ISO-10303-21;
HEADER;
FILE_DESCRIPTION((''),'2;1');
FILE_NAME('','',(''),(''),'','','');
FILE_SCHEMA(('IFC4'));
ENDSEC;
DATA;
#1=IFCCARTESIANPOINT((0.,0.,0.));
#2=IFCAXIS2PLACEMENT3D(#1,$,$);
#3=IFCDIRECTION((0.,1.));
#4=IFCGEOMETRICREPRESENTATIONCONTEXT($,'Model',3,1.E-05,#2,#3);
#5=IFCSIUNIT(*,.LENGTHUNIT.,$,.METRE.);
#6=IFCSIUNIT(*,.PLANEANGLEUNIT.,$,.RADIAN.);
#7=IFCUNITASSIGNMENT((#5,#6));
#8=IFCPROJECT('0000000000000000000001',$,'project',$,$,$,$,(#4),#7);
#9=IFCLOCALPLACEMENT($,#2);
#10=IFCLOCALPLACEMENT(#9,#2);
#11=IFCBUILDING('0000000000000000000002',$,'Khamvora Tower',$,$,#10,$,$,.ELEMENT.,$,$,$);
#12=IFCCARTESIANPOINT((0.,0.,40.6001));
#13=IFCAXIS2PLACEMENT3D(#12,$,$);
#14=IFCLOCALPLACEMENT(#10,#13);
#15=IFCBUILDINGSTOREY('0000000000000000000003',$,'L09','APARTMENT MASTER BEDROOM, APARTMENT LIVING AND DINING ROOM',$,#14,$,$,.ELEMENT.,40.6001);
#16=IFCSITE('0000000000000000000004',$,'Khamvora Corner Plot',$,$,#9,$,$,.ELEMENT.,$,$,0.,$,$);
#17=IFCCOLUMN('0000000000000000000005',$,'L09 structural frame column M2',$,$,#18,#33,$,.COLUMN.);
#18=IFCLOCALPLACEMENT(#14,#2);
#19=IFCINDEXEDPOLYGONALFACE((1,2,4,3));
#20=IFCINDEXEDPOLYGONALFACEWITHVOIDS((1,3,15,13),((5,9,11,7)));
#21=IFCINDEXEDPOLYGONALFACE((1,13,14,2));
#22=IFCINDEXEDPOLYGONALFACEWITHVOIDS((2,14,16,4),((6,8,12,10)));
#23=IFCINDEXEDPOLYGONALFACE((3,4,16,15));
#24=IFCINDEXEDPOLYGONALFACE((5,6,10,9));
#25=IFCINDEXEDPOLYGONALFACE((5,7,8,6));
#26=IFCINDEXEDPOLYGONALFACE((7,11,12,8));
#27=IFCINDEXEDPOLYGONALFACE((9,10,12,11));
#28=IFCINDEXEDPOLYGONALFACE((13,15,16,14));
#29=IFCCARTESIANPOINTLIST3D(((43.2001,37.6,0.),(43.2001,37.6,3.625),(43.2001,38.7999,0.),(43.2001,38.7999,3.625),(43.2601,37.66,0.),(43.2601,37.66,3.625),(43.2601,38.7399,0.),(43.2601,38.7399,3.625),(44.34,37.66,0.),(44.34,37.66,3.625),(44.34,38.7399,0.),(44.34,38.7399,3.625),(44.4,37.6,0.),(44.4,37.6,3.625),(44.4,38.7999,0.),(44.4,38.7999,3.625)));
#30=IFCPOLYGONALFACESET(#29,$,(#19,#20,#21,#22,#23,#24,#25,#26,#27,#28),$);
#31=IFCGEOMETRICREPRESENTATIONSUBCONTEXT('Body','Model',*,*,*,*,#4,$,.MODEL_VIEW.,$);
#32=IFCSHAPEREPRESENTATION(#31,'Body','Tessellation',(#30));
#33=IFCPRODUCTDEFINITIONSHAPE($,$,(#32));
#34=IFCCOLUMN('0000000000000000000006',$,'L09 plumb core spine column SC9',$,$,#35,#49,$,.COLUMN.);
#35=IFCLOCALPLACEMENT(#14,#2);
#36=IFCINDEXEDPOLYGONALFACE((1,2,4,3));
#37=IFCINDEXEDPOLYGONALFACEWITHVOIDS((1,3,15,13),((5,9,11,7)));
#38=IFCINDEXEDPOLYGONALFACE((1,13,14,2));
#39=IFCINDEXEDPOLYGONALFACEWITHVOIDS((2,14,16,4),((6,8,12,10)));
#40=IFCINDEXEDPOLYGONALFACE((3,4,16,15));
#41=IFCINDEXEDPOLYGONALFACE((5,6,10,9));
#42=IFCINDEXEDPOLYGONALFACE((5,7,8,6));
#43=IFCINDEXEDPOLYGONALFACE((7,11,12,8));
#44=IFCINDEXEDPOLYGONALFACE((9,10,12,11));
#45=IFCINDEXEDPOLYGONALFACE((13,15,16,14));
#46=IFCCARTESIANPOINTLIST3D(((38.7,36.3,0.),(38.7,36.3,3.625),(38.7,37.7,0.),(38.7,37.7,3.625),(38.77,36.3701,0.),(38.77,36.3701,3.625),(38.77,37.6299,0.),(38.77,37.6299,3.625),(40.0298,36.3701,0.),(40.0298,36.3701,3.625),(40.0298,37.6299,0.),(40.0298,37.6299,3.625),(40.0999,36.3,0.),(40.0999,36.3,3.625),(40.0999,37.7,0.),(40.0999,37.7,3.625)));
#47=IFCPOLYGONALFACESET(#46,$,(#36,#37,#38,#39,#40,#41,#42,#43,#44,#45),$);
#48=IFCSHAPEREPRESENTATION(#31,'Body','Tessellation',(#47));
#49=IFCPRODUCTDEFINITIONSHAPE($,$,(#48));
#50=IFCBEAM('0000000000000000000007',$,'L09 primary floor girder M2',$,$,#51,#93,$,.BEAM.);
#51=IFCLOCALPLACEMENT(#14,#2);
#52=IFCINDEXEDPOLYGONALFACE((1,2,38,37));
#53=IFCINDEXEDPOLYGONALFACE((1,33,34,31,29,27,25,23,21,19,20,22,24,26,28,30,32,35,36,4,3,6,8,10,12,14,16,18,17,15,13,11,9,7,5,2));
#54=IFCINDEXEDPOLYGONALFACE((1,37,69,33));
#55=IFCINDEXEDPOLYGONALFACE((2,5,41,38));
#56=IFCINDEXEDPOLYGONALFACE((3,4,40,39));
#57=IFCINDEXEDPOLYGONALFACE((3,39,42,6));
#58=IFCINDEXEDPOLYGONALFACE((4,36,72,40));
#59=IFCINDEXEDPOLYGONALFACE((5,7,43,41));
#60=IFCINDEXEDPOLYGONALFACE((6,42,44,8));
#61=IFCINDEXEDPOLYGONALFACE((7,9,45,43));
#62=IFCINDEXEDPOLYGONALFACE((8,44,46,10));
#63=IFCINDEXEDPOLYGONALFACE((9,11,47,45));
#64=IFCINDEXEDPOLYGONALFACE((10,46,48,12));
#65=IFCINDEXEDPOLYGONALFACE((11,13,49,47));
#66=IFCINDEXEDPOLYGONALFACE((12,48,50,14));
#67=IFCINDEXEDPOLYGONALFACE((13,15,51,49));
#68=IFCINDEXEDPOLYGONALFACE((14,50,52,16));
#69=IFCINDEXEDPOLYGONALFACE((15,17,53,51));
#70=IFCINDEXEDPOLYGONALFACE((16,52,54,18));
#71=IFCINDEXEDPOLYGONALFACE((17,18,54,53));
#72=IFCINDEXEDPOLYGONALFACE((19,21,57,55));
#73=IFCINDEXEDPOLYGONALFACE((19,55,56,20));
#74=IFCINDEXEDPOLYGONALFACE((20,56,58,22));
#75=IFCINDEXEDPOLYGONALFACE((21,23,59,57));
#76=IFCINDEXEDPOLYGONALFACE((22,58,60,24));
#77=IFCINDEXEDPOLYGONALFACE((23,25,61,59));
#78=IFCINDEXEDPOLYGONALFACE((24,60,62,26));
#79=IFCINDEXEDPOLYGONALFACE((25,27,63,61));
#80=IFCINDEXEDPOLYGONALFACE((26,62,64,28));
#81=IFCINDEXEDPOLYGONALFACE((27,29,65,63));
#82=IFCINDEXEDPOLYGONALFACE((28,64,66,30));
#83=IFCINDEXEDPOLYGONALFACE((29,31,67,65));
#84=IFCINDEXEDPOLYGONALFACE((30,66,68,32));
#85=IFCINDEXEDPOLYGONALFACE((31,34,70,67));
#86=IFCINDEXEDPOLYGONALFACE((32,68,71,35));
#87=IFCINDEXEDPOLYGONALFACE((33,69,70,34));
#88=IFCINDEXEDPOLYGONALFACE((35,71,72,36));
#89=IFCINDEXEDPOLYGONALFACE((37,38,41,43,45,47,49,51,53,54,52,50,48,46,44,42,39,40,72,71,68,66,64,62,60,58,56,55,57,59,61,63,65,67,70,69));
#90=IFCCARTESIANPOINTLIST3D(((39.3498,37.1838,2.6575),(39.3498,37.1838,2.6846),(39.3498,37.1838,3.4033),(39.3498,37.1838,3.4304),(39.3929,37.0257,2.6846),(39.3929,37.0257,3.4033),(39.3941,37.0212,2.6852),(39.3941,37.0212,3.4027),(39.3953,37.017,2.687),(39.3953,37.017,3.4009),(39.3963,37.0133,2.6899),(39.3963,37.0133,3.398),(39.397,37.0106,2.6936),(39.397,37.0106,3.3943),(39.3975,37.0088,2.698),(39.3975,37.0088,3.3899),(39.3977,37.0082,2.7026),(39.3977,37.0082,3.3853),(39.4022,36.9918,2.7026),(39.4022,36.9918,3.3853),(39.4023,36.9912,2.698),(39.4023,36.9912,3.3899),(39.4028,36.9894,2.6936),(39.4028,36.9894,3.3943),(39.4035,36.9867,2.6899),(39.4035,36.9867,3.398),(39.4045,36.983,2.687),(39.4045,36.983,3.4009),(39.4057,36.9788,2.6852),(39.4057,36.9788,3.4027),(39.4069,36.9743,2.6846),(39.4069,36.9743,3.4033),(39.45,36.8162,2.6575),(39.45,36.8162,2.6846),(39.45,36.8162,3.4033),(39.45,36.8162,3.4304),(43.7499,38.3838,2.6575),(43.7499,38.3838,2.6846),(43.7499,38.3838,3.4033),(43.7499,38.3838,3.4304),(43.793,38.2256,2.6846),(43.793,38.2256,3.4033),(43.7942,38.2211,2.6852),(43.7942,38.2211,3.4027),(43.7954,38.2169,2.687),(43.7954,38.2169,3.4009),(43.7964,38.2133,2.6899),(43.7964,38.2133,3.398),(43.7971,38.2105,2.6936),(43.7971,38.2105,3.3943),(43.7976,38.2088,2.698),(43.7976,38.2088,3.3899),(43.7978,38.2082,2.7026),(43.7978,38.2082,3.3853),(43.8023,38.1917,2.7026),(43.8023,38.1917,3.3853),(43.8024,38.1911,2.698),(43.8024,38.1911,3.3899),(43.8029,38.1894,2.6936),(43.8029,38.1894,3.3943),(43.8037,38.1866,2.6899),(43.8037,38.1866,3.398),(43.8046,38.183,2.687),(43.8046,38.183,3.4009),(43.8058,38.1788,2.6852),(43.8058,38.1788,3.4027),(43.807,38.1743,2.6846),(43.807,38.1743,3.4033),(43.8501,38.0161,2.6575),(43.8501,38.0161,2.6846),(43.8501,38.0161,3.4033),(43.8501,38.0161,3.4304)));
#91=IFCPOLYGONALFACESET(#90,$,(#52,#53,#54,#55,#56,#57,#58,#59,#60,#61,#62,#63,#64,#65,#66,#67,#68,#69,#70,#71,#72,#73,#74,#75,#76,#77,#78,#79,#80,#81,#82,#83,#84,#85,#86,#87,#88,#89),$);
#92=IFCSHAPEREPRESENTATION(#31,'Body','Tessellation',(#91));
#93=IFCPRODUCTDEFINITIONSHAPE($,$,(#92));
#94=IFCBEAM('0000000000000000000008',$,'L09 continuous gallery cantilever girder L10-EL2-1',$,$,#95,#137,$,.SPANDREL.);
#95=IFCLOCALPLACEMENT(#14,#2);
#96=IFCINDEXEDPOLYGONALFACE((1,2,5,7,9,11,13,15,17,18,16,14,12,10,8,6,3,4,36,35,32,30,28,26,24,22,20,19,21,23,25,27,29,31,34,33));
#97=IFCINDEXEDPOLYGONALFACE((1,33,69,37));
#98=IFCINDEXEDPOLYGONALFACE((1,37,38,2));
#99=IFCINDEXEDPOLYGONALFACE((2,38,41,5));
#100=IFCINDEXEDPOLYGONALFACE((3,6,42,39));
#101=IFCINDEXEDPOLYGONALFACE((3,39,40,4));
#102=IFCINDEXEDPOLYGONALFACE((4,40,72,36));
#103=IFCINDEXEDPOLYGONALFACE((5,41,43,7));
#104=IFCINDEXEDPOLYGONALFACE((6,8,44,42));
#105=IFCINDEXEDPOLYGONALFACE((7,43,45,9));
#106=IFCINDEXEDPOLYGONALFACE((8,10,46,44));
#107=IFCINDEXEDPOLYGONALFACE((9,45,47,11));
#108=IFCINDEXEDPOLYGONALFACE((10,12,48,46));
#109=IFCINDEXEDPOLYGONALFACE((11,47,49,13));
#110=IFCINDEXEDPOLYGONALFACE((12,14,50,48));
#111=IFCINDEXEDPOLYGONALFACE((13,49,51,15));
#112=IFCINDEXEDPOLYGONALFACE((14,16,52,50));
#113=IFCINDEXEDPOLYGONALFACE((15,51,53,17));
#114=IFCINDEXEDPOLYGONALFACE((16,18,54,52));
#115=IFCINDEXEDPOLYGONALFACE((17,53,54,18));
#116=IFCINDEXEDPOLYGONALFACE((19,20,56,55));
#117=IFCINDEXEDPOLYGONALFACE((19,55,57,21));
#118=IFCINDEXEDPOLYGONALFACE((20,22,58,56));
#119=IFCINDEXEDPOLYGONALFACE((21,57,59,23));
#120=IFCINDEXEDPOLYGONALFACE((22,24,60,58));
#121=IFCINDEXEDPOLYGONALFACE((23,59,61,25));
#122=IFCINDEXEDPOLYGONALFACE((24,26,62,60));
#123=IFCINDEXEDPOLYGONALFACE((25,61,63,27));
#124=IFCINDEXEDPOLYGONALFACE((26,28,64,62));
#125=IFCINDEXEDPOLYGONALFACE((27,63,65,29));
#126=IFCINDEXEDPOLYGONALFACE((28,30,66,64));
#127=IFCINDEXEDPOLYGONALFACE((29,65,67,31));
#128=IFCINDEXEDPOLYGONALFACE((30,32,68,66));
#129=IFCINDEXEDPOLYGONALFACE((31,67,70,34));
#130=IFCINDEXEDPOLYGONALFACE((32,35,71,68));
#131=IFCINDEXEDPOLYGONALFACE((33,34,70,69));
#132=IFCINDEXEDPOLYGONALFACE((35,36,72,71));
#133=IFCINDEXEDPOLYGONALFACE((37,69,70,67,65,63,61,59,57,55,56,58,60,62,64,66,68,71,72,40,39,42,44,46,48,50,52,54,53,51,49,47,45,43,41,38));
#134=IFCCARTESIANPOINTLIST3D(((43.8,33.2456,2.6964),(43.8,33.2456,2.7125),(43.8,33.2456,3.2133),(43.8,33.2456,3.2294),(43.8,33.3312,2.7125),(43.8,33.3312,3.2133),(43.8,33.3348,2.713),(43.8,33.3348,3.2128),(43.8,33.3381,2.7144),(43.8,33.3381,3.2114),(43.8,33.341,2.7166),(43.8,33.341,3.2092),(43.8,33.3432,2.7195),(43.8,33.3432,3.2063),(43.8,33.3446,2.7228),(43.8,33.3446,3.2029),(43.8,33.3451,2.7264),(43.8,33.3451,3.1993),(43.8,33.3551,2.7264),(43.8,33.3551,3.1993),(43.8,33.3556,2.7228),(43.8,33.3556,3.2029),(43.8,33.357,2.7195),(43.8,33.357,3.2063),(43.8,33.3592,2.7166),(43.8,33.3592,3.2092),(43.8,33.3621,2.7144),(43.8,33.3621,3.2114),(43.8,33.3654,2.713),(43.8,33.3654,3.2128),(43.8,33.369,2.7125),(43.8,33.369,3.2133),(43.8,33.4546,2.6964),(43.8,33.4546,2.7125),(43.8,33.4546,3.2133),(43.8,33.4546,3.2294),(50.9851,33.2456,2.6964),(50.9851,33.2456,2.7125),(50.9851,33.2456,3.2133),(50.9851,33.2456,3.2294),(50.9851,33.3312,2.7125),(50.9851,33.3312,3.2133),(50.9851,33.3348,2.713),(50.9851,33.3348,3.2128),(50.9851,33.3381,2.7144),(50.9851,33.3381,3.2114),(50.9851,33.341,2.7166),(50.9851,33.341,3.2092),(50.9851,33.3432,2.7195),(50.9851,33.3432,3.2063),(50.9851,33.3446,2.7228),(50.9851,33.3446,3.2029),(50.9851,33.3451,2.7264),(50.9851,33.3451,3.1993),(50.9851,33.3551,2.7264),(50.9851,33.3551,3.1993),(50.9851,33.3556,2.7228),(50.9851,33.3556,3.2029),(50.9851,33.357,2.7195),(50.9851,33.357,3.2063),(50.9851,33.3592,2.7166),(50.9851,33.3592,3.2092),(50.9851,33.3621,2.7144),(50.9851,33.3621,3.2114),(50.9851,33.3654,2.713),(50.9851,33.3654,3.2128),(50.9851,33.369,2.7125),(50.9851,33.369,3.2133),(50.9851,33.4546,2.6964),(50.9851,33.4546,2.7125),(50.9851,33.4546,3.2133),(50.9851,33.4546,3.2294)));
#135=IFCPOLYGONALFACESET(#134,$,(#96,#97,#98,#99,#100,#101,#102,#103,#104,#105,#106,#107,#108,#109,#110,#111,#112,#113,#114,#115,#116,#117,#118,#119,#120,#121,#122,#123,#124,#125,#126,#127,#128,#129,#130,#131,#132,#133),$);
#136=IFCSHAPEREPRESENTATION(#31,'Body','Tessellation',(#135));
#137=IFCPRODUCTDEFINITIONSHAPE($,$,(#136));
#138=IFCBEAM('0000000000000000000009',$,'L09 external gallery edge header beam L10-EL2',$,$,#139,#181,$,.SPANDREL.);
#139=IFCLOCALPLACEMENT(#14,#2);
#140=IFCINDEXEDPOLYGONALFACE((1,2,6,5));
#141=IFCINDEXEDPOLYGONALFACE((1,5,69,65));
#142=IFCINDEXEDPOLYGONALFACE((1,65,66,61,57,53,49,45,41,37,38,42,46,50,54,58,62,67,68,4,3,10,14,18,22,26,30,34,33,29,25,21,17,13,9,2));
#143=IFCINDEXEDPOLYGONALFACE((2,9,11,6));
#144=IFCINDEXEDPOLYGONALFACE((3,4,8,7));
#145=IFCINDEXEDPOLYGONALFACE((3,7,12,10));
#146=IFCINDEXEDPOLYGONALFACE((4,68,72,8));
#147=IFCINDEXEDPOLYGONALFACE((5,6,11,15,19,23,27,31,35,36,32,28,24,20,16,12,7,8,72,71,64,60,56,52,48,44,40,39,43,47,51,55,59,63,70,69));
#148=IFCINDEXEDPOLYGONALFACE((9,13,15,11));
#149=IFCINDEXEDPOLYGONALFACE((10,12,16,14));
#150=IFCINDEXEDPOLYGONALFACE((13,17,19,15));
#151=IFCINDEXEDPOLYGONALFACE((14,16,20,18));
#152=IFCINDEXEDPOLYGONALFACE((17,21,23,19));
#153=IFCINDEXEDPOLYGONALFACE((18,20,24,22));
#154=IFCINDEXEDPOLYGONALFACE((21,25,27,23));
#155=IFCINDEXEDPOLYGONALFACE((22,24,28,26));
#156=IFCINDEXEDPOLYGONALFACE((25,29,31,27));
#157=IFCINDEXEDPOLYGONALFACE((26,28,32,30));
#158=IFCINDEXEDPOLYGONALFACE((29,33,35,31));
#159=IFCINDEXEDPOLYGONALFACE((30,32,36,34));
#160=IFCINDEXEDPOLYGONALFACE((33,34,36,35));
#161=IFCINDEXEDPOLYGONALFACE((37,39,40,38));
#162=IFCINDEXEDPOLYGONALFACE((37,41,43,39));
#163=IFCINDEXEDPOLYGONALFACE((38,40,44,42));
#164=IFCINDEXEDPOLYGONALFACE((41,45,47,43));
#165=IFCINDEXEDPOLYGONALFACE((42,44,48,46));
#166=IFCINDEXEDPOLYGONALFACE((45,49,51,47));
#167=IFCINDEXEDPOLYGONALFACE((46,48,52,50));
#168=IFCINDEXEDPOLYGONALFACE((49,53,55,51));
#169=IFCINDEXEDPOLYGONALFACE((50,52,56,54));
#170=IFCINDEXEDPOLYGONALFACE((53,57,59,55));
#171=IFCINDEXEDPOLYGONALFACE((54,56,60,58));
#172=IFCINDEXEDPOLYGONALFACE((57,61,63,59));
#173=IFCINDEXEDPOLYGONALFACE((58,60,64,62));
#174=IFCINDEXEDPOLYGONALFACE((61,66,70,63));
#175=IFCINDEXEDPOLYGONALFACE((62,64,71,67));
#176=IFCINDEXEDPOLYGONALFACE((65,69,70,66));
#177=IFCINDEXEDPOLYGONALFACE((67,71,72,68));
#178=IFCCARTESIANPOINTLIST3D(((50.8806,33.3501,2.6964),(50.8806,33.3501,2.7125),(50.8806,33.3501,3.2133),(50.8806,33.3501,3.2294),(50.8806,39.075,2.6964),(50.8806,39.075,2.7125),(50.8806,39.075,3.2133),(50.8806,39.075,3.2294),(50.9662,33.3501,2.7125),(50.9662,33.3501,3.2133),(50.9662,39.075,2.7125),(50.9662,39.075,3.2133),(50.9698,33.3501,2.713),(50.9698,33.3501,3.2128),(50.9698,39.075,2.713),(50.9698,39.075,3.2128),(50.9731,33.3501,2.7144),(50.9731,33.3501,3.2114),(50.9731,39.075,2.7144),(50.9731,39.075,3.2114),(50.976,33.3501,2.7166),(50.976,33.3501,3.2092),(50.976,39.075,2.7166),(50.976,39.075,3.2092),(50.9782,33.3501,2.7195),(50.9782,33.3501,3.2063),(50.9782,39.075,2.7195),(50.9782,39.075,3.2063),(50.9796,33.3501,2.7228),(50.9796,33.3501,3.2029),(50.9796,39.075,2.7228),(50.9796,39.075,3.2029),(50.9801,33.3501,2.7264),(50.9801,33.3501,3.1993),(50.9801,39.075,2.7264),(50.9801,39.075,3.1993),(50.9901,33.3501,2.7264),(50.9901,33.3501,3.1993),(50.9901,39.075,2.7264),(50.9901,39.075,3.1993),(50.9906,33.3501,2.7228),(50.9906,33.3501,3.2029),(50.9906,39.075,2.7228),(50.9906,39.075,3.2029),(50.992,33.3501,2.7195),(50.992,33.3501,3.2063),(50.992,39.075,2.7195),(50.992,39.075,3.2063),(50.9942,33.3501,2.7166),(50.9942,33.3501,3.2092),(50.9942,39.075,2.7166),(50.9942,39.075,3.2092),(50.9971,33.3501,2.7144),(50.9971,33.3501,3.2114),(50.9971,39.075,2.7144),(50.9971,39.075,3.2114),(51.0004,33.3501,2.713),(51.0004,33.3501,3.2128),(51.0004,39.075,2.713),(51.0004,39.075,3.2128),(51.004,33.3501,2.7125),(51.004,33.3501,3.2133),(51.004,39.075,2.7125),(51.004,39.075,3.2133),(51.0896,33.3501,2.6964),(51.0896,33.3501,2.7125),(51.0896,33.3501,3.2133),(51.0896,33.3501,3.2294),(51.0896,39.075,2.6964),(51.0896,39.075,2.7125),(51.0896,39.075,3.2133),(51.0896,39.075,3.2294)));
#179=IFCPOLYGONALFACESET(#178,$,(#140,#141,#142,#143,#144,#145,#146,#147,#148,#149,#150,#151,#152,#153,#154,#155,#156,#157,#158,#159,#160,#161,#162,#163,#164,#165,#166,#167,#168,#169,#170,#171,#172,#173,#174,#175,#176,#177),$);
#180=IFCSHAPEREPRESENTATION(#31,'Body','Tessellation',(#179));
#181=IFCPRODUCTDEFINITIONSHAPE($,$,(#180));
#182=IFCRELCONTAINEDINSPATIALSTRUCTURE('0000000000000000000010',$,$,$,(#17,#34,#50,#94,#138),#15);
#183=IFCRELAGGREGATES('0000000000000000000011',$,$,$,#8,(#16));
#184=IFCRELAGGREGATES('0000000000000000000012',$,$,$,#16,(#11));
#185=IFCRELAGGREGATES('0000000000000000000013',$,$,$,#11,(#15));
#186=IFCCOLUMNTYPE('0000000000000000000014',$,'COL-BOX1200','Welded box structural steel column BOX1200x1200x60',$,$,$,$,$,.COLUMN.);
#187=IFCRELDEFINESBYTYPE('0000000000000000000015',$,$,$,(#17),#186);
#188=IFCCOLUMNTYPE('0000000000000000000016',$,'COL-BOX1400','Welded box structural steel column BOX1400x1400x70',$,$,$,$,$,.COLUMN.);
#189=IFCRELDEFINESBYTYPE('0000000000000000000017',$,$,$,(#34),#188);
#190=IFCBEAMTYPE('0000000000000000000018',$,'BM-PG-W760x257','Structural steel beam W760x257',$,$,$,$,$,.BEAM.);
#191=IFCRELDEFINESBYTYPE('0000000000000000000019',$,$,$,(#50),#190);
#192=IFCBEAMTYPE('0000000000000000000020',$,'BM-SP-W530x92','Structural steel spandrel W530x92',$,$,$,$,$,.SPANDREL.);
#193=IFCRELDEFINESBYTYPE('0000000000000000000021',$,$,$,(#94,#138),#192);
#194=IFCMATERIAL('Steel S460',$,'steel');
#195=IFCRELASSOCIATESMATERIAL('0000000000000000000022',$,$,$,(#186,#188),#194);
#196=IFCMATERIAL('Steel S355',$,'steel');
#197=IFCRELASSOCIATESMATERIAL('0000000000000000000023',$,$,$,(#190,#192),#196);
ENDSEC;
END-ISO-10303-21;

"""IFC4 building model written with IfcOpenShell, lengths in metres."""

from ifc_helpers import new_model, si_unit, direction, frame, origin, origin_2d, place, context, subcontext, project, spatial, hollow_rectangle, i_section, extrude, material, material_profile, profile_set, type_object, element, save


model = new_model("IFC4")

# Units and contexts
model_context = context("Model", 3, precision=1e-05, world=origin(), true_north=direction((0.0, 1.0)))
body_context = subcontext(model_context, "Body", "Model", "MODEL_VIEW")
ifc_project = project(units=[si_unit("LENGTHUNIT", "METRE"), si_unit("PLANEANGLEUNIT", "RADIAN")], contexts=[model_context])

# Site, building, storey
site_placement = place(None, origin())
site = spatial("IfcSite", under=ifc_project, at=site_placement, Name="Khamvora Corner Plot", CompositionType="ELEMENT", RefElevation=0.0)
building_placement = place(site_placement, origin())
building = spatial("IfcBuilding", under=site, at=building_placement, Name="Khamvora Tower", CompositionType="ELEMENT")
storey_placement = place(building_placement, frame((0.0, 0.0, 40.6001)))
storey = spatial("IfcBuildingStorey", under=building, at=storey_placement, Name="L09", Description="APARTMENT MASTER BEDROOM, APARTMENT LIVING AND DINING ROOM", CompositionType="ELEMENT", Elevation=40.6001)

# Columns
ifc_material_1 = material(Name="Steel S460", Category="steel")
ifc_material_profile_1 = material_profile(ifc_material_1, hollow_rectangle(XDim=1.2, YDim=1.2, WallThickness=0.0601, at=origin_2d()), Name="BOX1200x1200x60")
ifc_profile_set_1 = profile_set([ifc_material_profile_1], Name="Steel S460")
column_type_1 = type_object("IfcColumnType", Name="COL-BOX1200", Description="Welded box structural steel column BOX1200x1200x60", PredefinedType="COLUMN", material=ifc_profile_set_1)
column_1_placement = place(storey_placement, frame((43.8, 38.2, 0.0), z_axis=(0.0, 0.0, 1.0), x_axis=(1.0, 0.0, 0.0)))
element("IfcColumn", 1, at=column_1_placement, inside=storey, type_object=column_type_1, Name="L09 structural frame column M2", PredefinedType="COLUMN", context=body_context, shape_type="SweptSolid", body=[
    extrude(hollow_rectangle(XDim=1.2, YDim=1.2, WallThickness=0.0601, at=origin_2d()), origin(), (0.0, 0.0, 1.0), 3.625),
])
ifc_material_profile_2 = material_profile(ifc_material_1, hollow_rectangle(XDim=1.3999, YDim=1.3999, WallThickness=0.0701, at=origin_2d()), Name="BOX1400x1400x70")
ifc_profile_set_2 = profile_set([ifc_material_profile_2], Name="Steel S460")
column_type_2 = type_object("IfcColumnType", Name="COL-BOX1400", Description="Welded box structural steel column BOX1400x1400x70", PredefinedType="COLUMN", material=ifc_profile_set_2)
column_2_placement = place(storey_placement, frame((39.3999, 37.0, 0.0), z_axis=(0.0, 0.0, 1.0), x_axis=(1.0, 0.0, 0.0)))
element("IfcColumn", 2, at=column_2_placement, inside=storey, type_object=column_type_2, Name="L09 plumb core spine column SC9", PredefinedType="COLUMN", context=body_context, shape_type="SweptSolid", body=[
    extrude(hollow_rectangle(XDim=1.3999, YDim=1.3999, WallThickness=0.0701, at=origin_2d()), origin(), (0.0, 0.0, 1.0), 3.625),
])

# Beams
ifc_material_2 = material(Name="Steel S355", Category="steel")
ifc_material_profile_3 = material_profile(ifc_material_2, i_section(OverallWidth=0.3811, OverallDepth=0.7729, WebThickness=0.0171, FlangeThickness=0.0271, FilletRadius=0.0181, at=origin_2d()), Name="W760x257")
ifc_profile_set_3 = profile_set([ifc_material_profile_3], Name="Steel S355")
beam_type_1 = type_object("IfcBeamType", Name="BM-PG-W760x257", Description="Structural steel beam W760x257", PredefinedType="BEAM", material=ifc_profile_set_3)
beam_1_placement = place(storey_placement, frame((39.3999, 37.0, 3.0439), z_axis=(0.964769, 0.263099, 0.0), x_axis=(-0.263099, 0.964769, 0.0)))
element("IfcBeam", 3, at=beam_1_placement, inside=storey, type_object=beam_type_1, Name="L09 primary floor girder M2", PredefinedType="BEAM", context=body_context, shape_type="SweptSolid", body=[
    extrude(i_section(OverallWidth=0.3811, OverallDepth=0.7729, WebThickness=0.0171, FlangeThickness=0.0271, FilletRadius=0.0181, at=origin_2d()), origin(), (0.0, 0.0, 1.0), 4.5608),
])
ifc_material_profile_4 = material_profile(ifc_material_2, i_section(OverallWidth=0.209, OverallDepth=0.533, WebThickness=0.01, FlangeThickness=0.0161, FilletRadius=0.0139, at=origin_2d()), Name="W530x92")
ifc_profile_set_4 = profile_set([ifc_material_profile_4], Name="Steel S355")
beam_type_2 = type_object("IfcBeamType", Name="BM-SP-W530x92", Description="Structural steel spandrel W530x92", PredefinedType="SPANDREL", material=ifc_profile_set_4)
beam_2_placement = place(storey_placement, frame((43.8, 33.3501, 2.9629), z_axis=(1.0, 0.0, 0.0), x_axis=(0.0, 1.0, 0.0)))
element("IfcBeam", 4, at=beam_2_placement, inside=storey, type_object=beam_type_2, Name="L09 continuous gallery cantilever girder L10-EL2-1", PredefinedType="SPANDREL", context=body_context, shape_type="SweptSolid", body=[
    extrude(i_section(OverallWidth=0.209, OverallDepth=0.533, WebThickness=0.01, FlangeThickness=0.0161, FilletRadius=0.0139, at=origin_2d()), origin(), (0.0, 0.0, 1.0), 7.1851),
])
beam_3_placement = place(storey_placement, frame((50.9851, 33.3501, 2.9629), z_axis=(0.0, 1.0, 0.0), x_axis=(-1.0, 0.0, 0.0)))
element("IfcBeam", 5, at=beam_3_placement, inside=storey, type_object=beam_type_2, Name="L09 external gallery edge header beam L10-EL2", PredefinedType="SPANDREL", context=body_context, shape_type="SweptSolid", body=[
    extrude(i_section(OverallWidth=0.209, OverallDepth=0.533, WebThickness=0.01, FlangeThickness=0.0161, FilletRadius=0.0139, at=origin_2d()), origin(), (0.0, 0.0, 1.0), 5.7249),
])

save(model, "model.ifc")
